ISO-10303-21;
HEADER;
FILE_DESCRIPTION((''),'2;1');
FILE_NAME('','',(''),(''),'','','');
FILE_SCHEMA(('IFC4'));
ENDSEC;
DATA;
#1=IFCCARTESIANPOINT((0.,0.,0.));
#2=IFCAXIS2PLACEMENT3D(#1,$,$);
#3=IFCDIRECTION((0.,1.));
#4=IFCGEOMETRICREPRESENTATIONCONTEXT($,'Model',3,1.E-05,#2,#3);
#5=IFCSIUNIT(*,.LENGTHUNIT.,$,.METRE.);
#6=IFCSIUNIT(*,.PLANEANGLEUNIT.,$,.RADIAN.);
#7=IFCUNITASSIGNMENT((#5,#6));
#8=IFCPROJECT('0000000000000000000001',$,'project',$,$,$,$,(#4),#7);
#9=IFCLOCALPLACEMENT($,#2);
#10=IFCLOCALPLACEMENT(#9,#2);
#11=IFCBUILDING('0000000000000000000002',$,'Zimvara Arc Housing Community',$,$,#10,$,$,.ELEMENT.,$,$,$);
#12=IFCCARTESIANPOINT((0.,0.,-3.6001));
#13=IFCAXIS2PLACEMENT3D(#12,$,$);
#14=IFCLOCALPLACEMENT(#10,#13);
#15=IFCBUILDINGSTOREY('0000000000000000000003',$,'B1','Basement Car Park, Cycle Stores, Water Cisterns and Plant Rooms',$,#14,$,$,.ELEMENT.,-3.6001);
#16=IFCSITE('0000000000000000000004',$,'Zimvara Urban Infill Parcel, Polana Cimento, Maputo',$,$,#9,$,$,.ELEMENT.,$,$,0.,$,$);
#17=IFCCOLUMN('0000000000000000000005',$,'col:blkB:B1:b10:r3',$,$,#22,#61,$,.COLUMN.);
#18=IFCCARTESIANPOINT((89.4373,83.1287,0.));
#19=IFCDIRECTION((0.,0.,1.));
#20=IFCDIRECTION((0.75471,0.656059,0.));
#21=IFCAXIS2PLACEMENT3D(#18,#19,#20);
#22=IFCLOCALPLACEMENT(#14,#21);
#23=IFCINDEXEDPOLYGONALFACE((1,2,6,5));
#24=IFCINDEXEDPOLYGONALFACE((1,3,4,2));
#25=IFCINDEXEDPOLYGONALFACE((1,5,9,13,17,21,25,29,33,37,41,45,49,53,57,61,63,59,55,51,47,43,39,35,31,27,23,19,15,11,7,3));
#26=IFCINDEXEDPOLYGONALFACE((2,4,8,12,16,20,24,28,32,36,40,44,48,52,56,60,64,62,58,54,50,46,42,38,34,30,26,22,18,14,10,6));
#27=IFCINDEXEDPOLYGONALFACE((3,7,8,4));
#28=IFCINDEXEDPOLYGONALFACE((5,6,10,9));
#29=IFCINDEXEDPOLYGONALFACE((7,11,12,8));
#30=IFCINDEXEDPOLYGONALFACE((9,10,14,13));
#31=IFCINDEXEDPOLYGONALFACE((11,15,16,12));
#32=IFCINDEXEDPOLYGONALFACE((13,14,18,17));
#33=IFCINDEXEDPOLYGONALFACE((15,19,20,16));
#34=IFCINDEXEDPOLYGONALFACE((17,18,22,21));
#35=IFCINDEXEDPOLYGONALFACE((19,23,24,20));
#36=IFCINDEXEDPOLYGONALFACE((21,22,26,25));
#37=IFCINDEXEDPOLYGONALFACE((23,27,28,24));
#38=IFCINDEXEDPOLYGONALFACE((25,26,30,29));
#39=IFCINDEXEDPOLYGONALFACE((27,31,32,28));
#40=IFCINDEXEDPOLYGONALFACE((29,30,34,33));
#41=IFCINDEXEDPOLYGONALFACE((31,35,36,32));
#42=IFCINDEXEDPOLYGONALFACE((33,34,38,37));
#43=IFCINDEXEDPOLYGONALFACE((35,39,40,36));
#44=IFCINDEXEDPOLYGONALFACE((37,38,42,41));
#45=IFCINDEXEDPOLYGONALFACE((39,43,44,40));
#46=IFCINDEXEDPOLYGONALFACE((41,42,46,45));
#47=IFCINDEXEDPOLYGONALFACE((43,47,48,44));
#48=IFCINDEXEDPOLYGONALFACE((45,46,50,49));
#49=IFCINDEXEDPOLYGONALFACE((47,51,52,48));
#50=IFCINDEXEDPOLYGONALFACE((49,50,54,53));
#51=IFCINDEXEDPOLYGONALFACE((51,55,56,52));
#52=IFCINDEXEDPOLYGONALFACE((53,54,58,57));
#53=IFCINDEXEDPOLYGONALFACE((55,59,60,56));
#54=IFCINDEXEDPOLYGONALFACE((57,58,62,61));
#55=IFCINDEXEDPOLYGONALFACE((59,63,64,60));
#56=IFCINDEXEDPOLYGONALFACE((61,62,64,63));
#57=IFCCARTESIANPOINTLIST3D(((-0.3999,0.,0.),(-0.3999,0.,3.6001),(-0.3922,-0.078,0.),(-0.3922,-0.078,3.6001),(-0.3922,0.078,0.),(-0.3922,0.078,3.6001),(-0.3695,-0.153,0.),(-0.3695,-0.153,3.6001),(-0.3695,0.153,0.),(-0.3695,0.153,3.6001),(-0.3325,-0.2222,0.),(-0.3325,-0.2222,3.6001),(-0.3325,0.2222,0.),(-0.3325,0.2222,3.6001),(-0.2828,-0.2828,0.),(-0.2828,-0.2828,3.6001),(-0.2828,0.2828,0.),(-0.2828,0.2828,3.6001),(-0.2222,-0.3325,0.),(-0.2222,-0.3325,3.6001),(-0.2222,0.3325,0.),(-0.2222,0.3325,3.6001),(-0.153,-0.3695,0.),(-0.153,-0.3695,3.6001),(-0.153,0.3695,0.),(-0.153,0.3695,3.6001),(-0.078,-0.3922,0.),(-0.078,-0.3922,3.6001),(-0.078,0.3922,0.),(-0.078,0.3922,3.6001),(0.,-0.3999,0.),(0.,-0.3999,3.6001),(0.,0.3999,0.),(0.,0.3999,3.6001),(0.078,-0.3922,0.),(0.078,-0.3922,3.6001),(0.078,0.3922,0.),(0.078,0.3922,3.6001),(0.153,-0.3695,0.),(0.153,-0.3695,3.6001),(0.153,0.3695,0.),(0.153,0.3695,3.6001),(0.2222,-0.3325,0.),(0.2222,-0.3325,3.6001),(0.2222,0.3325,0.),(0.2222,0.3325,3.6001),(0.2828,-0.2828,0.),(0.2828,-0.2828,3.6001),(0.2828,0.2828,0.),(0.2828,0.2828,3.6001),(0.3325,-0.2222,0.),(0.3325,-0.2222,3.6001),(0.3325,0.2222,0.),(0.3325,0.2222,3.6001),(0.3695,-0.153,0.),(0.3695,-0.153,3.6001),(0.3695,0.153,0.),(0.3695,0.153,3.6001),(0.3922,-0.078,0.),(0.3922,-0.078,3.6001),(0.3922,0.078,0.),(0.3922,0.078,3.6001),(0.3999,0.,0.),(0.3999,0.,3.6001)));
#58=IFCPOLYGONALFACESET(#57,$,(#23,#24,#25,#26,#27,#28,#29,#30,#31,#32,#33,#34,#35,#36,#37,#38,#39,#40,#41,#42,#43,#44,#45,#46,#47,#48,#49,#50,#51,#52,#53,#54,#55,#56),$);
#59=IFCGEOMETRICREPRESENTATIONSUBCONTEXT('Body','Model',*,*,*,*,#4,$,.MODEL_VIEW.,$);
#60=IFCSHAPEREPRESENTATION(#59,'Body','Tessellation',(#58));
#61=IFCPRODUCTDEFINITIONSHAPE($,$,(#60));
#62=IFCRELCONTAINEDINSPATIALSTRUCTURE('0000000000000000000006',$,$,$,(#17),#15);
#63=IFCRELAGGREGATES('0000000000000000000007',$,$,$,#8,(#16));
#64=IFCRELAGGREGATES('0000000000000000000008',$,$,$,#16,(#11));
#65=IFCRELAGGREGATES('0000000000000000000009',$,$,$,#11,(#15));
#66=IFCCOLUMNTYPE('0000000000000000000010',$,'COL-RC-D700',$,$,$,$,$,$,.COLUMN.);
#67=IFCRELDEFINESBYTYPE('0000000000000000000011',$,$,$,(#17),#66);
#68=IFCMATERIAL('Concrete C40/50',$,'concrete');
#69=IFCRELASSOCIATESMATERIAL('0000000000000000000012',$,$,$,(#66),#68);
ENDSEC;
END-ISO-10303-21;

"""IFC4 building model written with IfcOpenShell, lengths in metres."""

from ifc_helpers import new_model, si_unit, direction, frame, origin, origin_2d, place, context, subcontext, project, spatial, circle, extrude, material, material_profile, profile_set, type_object, element, save


model = new_model("IFC4")

# Units and contexts
model_context = context("Model", 3, precision=1e-05, world=origin(), true_north=direction((0.0, 1.0)))
body_context = subcontext(model_context, "Body", "Model", "MODEL_VIEW")
ifc_project = project(units=[si_unit("LENGTHUNIT", "METRE"), si_unit("PLANEANGLEUNIT", "RADIAN")], contexts=[model_context])

# Site, building, storey
site_placement = place(None, origin())
site = spatial("IfcSite", under=ifc_project, at=site_placement, Name="Zimvara Urban Infill Parcel, Polana Cimento, Maputo", CompositionType="ELEMENT", RefElevation=0.0)
building_placement = place(site_placement, origin())
building = spatial("IfcBuilding", under=site, at=building_placement, Name="Zimvara Arc Housing Community", CompositionType="ELEMENT")
storey_placement = place(building_placement, frame((0.0, 0.0, -3.6001)))
storey = spatial("IfcBuildingStorey", under=building, at=storey_placement, Name="B1", Description="Basement Car Park, Cycle Stores, Water Cisterns and Plant Rooms", CompositionType="ELEMENT", Elevation=-3.6001)

# Column
ifc_material_1 = material(Name="Concrete C40/50", Category="concrete")
ifc_material_profile_1 = material_profile(ifc_material_1, circle(Radius=0.3999, at=origin_2d()), Name="RC D800")
ifc_profile_set_1 = profile_set([ifc_material_profile_1], Name="Concrete C40/50")
column_type_1 = type_object("IfcColumnType", Name="COL-RC-D700", PredefinedType="COLUMN", material=ifc_profile_set_1)
column_1_placement = place(storey_placement, frame((89.4373, 83.1287, 0.0), z_axis=(0.0, 0.0, 1.0), x_axis=(0.75471, 0.656059, 0.0)))
element("IfcColumn", 1, at=column_1_placement, inside=storey, type_object=column_type_1, Name="col:blkB:B1:b10:r3", PredefinedType="COLUMN", context=body_context, shape_type="SweptSolid", body=[
    extrude(circle(Radius=0.3999, at=origin_2d()), origin(), (0.0, 0.0, 1.0), 3.6001),
])

save(model, "model.ifc")
